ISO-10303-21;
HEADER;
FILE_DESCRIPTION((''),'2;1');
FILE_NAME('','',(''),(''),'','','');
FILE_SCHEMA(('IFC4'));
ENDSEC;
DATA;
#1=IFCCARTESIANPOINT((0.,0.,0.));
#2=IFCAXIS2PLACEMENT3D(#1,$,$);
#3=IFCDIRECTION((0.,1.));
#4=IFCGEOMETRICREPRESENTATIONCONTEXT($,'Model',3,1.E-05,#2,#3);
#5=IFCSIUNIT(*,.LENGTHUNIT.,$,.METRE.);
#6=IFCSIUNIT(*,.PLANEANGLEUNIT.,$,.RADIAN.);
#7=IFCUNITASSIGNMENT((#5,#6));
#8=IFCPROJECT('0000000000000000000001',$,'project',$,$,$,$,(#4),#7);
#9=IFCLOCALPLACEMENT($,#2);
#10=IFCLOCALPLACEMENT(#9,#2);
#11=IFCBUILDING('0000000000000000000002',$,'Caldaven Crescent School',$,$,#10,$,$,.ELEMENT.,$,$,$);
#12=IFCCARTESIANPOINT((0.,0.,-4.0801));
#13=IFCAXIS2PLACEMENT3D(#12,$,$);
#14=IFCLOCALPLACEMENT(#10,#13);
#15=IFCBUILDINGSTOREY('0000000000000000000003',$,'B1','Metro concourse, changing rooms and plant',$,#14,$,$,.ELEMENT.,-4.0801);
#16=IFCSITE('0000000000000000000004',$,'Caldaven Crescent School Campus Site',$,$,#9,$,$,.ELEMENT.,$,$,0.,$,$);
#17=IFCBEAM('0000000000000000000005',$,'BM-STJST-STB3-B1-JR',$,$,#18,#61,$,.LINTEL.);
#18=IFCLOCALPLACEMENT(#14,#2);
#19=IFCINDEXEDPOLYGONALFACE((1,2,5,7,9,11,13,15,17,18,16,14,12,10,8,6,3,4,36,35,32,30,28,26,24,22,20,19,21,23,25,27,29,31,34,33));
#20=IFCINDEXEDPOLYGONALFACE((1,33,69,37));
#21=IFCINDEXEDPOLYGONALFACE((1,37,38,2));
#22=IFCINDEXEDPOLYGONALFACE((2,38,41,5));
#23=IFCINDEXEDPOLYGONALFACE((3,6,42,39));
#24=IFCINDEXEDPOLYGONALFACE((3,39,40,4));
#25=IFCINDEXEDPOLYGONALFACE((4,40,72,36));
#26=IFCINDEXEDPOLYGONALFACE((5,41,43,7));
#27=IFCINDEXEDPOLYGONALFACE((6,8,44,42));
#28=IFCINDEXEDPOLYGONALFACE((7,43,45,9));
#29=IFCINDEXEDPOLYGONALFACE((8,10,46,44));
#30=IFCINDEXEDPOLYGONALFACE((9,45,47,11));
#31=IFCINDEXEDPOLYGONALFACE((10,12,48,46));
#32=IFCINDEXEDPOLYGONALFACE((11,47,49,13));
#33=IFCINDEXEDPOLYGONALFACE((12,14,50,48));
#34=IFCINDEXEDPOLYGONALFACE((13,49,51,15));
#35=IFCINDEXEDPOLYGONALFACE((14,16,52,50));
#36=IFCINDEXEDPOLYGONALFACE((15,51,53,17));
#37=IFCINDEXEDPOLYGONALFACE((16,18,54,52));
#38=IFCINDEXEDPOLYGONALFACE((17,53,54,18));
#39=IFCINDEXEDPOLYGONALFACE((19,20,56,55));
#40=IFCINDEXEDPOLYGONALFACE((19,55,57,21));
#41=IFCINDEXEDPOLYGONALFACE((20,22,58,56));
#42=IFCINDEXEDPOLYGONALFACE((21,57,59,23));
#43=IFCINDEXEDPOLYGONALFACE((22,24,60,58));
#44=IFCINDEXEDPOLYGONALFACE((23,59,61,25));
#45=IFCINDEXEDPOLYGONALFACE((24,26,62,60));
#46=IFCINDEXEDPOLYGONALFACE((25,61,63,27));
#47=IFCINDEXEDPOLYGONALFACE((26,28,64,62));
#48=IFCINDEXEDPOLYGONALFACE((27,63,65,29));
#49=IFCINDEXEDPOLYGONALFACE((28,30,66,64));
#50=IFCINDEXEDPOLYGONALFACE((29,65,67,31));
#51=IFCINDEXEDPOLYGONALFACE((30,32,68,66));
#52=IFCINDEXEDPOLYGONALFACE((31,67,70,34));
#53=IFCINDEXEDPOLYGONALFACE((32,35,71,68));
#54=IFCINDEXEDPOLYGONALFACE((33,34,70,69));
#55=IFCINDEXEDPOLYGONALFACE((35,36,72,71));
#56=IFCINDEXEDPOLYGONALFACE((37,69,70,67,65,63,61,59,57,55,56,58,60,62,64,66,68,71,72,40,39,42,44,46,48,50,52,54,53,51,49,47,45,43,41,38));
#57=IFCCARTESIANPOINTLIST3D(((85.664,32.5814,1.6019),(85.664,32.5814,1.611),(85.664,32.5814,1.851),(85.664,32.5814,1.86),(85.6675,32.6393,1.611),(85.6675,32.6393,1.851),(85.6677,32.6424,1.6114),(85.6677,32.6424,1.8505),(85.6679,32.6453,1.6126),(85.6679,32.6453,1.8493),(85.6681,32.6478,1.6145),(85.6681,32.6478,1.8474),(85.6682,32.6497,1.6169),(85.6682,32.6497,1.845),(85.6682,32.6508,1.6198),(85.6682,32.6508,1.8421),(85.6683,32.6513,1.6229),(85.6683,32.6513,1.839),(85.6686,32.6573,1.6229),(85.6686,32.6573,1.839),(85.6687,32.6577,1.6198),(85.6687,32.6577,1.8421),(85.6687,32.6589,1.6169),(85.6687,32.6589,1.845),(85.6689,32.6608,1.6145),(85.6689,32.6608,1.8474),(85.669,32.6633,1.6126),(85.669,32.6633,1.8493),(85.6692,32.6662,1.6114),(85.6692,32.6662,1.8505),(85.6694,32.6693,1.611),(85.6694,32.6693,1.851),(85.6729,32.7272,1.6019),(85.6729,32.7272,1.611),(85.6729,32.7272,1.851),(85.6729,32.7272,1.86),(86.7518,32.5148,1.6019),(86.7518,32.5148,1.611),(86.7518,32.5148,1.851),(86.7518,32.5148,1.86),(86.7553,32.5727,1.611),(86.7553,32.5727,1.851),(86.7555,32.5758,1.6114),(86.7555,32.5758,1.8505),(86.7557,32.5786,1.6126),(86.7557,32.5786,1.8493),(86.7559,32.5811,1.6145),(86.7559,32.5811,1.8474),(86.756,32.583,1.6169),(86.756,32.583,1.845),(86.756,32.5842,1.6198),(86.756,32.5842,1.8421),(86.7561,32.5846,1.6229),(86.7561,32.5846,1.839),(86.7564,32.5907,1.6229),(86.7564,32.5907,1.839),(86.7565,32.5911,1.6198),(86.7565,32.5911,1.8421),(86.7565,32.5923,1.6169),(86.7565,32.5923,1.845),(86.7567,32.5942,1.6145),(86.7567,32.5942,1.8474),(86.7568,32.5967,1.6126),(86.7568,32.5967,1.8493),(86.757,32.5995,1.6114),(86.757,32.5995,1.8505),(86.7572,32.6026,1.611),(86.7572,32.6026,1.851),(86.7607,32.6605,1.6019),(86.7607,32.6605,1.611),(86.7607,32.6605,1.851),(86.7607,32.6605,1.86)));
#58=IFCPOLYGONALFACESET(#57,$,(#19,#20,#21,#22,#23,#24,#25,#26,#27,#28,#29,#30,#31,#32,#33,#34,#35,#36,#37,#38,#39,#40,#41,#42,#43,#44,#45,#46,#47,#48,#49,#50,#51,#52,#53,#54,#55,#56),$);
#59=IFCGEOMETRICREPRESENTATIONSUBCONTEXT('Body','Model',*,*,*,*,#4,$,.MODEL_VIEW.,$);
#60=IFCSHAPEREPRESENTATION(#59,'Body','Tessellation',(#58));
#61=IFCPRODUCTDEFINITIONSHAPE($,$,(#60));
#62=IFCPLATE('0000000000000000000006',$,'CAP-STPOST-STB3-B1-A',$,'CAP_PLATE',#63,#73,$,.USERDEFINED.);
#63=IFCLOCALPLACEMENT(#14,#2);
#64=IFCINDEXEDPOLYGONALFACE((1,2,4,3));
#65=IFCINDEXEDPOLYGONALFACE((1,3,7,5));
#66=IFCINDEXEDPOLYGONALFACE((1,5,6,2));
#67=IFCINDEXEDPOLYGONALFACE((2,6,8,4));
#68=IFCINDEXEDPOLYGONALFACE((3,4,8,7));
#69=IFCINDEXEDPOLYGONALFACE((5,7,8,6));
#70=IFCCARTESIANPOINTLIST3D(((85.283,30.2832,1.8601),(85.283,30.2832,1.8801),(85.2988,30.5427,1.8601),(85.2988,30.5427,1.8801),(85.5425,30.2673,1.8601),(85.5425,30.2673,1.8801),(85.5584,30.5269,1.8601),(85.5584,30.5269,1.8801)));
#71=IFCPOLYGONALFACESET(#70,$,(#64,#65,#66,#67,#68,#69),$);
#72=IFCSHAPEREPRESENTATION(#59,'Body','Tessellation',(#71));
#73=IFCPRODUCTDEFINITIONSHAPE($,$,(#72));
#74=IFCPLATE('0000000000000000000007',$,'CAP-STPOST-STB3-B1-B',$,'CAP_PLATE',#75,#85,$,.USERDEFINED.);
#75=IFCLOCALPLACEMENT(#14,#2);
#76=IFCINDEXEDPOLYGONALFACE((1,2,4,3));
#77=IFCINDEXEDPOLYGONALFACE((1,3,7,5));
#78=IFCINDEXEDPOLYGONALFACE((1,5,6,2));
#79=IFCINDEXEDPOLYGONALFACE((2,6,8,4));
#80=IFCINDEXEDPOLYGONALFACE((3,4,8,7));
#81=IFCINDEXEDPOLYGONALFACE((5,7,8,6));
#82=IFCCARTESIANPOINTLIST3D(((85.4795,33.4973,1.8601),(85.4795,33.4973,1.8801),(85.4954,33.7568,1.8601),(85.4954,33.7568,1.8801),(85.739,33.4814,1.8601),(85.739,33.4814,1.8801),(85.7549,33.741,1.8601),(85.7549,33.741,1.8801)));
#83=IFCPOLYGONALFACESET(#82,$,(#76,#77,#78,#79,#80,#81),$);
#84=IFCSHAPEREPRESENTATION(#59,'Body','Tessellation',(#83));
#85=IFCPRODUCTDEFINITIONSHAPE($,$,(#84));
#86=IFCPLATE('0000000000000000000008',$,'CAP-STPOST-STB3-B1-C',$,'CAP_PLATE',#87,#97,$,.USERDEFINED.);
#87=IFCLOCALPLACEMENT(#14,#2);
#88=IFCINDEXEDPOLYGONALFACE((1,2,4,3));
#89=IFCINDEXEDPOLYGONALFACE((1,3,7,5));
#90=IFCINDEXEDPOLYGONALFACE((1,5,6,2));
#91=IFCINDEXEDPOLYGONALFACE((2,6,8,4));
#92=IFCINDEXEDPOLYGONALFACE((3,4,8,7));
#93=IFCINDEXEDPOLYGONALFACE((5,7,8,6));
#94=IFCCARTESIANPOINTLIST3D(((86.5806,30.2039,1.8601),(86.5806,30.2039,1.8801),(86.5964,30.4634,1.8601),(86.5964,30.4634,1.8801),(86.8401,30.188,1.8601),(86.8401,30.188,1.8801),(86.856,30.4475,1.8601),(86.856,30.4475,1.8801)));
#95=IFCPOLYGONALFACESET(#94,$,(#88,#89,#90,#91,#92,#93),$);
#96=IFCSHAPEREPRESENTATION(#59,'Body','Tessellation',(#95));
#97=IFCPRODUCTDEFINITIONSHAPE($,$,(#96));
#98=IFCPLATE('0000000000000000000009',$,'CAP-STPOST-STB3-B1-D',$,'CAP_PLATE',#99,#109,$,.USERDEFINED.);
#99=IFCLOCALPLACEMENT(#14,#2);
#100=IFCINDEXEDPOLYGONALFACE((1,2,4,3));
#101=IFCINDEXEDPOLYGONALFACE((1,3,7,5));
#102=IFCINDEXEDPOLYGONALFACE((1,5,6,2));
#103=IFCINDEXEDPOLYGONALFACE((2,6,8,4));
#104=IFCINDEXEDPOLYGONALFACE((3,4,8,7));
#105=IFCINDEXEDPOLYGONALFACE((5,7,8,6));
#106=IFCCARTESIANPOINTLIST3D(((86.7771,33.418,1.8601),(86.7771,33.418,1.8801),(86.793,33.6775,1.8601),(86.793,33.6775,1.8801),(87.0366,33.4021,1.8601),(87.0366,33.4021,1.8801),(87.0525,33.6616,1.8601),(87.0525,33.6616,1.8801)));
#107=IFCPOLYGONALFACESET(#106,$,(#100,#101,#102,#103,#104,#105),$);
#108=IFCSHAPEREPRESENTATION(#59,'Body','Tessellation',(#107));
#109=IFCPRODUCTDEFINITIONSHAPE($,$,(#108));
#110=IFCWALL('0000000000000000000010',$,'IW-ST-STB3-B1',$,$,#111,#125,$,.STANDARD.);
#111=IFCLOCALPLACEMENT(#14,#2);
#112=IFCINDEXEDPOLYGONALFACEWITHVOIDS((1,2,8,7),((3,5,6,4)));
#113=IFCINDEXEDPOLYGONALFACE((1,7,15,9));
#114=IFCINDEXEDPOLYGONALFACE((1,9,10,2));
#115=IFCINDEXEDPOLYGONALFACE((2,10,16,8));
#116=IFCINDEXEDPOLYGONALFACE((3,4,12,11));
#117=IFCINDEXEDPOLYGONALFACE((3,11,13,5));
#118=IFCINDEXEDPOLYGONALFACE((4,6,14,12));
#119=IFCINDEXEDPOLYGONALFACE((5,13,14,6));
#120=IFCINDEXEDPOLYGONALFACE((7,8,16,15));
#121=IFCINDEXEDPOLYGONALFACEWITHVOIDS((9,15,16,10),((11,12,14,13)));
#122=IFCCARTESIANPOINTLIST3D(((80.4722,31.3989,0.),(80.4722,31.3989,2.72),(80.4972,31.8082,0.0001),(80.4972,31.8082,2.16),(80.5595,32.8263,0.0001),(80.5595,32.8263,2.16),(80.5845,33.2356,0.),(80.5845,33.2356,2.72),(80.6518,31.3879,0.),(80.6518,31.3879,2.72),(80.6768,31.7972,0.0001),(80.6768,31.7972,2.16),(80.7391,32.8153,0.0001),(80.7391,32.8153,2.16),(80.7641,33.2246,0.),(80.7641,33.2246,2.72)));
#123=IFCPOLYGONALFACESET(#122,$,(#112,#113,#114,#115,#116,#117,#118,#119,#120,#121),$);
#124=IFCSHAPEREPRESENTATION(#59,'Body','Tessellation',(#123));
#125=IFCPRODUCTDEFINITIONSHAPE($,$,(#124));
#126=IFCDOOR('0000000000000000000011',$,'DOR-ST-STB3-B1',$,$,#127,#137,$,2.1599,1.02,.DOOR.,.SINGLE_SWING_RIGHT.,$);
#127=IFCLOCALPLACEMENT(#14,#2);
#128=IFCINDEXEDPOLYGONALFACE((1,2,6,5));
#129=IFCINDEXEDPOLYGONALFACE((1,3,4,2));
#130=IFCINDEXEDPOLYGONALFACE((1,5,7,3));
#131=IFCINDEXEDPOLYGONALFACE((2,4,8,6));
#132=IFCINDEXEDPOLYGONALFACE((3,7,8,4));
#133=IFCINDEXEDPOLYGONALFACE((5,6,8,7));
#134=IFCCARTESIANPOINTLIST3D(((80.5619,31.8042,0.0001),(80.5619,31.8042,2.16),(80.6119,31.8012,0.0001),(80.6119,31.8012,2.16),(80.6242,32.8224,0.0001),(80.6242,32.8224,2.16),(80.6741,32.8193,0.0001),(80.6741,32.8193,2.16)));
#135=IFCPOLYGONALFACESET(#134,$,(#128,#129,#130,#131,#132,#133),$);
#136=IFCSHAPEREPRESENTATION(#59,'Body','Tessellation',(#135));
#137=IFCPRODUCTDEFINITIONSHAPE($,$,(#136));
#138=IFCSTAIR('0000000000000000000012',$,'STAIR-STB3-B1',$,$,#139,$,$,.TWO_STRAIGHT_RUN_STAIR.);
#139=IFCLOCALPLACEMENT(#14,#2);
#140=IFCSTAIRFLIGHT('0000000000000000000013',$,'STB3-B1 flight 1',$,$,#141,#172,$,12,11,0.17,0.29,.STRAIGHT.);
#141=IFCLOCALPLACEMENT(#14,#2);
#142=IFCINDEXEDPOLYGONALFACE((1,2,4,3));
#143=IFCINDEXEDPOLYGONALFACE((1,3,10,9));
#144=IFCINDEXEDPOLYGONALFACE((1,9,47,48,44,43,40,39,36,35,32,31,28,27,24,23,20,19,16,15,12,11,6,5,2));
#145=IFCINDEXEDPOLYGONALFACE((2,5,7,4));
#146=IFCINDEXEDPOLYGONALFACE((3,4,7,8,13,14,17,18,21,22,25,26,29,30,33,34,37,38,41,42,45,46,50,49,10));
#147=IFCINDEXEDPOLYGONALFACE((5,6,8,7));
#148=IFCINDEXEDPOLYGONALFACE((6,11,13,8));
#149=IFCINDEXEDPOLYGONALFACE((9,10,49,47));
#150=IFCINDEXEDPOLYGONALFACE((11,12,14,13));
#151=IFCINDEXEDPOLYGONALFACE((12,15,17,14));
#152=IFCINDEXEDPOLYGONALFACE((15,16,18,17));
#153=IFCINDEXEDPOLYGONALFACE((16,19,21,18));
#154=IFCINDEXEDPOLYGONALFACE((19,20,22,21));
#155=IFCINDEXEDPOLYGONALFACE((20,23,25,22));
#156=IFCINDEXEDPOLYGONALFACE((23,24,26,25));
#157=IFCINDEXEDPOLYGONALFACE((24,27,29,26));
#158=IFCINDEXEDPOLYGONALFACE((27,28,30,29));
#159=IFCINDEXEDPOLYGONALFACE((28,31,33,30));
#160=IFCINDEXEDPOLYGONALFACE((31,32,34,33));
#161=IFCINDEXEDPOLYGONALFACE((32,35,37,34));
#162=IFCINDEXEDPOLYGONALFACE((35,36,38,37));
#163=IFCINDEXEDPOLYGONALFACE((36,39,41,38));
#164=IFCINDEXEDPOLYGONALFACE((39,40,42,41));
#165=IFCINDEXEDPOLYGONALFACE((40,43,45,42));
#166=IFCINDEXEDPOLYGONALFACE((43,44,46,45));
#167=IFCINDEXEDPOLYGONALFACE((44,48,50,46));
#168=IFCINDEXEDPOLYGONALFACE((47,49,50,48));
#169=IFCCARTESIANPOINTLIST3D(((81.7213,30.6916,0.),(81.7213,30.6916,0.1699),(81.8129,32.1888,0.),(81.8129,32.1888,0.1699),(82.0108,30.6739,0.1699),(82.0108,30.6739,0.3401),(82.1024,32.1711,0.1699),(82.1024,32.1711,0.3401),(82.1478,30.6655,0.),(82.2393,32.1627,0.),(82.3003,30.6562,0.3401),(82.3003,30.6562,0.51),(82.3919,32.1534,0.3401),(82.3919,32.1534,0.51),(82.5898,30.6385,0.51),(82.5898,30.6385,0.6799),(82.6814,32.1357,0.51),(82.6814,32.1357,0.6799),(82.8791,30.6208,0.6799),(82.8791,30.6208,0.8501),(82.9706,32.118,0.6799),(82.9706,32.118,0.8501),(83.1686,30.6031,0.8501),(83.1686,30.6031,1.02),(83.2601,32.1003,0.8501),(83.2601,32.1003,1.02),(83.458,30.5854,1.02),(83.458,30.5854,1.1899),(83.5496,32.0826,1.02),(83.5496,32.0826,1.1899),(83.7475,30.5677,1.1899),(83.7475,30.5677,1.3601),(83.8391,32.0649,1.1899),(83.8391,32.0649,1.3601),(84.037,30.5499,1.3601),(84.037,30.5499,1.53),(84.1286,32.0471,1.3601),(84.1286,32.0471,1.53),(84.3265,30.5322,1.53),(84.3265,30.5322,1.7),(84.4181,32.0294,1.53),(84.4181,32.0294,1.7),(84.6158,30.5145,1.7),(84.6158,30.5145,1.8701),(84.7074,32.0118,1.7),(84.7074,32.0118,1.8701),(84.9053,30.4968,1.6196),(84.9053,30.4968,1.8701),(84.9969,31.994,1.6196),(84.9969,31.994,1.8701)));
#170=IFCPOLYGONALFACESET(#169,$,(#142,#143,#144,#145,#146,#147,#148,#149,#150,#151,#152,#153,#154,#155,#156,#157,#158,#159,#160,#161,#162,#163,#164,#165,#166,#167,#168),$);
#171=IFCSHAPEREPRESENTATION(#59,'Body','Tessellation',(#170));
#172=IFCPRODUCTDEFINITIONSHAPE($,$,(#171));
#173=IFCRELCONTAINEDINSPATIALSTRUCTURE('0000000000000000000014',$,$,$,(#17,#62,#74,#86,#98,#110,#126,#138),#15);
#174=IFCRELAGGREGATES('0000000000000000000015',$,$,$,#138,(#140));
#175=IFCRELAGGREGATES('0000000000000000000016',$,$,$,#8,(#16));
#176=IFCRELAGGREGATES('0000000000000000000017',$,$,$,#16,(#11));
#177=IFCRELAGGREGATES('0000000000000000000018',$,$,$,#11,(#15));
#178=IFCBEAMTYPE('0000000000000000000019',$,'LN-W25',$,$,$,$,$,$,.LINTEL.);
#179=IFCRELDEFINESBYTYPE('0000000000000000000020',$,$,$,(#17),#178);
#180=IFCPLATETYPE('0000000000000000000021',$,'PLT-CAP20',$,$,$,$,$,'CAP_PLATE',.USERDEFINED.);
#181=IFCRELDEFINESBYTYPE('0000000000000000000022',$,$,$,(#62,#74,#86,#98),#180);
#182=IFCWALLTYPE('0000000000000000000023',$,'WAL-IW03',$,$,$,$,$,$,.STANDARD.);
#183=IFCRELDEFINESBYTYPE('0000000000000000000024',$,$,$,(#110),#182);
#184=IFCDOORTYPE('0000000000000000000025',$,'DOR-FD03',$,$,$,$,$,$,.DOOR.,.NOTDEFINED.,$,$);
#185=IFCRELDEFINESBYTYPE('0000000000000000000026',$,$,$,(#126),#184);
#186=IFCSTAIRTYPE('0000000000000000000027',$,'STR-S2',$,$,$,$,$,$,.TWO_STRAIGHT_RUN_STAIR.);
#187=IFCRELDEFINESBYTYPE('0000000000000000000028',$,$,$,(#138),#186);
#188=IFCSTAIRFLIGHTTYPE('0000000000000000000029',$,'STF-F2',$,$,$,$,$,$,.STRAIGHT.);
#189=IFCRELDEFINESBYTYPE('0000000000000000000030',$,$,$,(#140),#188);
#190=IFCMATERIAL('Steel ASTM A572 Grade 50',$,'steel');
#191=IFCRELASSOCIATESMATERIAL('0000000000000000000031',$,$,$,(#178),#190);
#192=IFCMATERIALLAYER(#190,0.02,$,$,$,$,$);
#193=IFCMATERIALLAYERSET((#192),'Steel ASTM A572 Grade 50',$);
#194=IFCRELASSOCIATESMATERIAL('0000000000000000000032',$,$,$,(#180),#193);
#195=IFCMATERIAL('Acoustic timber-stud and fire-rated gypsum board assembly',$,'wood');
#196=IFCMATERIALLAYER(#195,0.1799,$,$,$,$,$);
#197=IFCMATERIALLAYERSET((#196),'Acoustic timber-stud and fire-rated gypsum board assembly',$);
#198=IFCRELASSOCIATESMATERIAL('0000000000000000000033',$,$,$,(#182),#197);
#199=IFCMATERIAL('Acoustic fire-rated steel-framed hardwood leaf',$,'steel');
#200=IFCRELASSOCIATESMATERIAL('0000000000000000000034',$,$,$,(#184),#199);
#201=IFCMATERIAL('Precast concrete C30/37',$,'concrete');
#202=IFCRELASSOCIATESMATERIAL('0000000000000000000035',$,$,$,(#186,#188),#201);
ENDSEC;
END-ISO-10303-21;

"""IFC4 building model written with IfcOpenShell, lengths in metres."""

from ifc_helpers import new_model, si_unit, direction, frame, frame_2d, origin, origin_2d, place, context, subcontext, project, spatial, polyline, rectangle, i_section, outline, extrude, material, layer, layer_set, material_profile, profile_set, type_object, element, fill, aggregate, save


model = new_model("IFC4")

# Units and contexts
model_context = context("Model", 3, precision=1e-05, world=origin(), true_north=direction((0.0, 1.0)))
body_context = subcontext(model_context, "Body", "Model", "MODEL_VIEW")
ifc_project = project(units=[si_unit("LENGTHUNIT", "METRE"), si_unit("PLANEANGLEUNIT", "RADIAN")], contexts=[model_context])

# Site, building, storey
site_placement = place(None, origin())
site = spatial("IfcSite", under=ifc_project, at=site_placement, Name="Caldaven Crescent School Campus Site", CompositionType="ELEMENT", RefElevation=0.0)
building_placement = place(site_placement, origin())
building = spatial("IfcBuilding", under=site, at=building_placement, Name="Caldaven Crescent School", CompositionType="ELEMENT")
storey_placement = place(building_placement, frame((0.0, 0.0, -4.0801)))
storey = spatial("IfcBuildingStorey", under=building, at=storey_placement, Name="B1", Description="Metro concourse, changing rooms and plant", CompositionType="ELEMENT", Elevation=-4.0801)

# Shared definitions
ifc_material_1 = material(Name="Steel ASTM A572 Grade 50", Category="steel")

# Beam
ifc_material_profile_1 = material_profile(ifc_material_1, i_section(OverallWidth=0.146, OverallDepth=0.2581, WebThickness=0.0061, FlangeThickness=0.009, FilletRadius=0.012, at=origin_2d()), Name="W250x33")
ifc_profile_set_1 = profile_set([ifc_material_profile_1], Name="Steel ASTM A572 Grade 50")
beam_type_1 = type_object("IfcBeamType", Name="LN-W25", PredefinedType="LINTEL", material=ifc_profile_set_1)
for number, where, z_axis, x_axis, name in (
    (1, (85.6685, 32.6543, 1.731), (0.998129, -0.061151, 0.0), (0.061151, 0.998129, 0.0), "BM-STJST-STB3-B1-JR"),
):
    element("IfcBeam", number, at=place(storey_placement, frame(where, z_axis=z_axis, x_axis=x_axis)), inside=storey, type_object=beam_type_1, Name=name, PredefinedType="LINTEL", context=body_context, shape_type="SweptSolid", body=[
        extrude(i_section(OverallWidth=0.146, OverallDepth=0.2581, WebThickness=0.0061, FlangeThickness=0.009, FilletRadius=0.012, at=origin_2d()), origin(), (0.0, 0.0, 1.0), 1.0898),
    ])

# Plates
ifc_layer_1 = layer(ifc_material_1, 0.02)
ifc_layer_set_1 = layer_set([ifc_layer_1], Name="Steel ASTM A572 Grade 50")
plate_type = type_object("IfcPlateType", Name="PLT-CAP20", ElementType="CAP_PLATE", PredefinedType="USERDEFINED", material=ifc_layer_set_1)
for number, where, z_axis, x_axis, name in (
    (2, (85.4207, 30.405, 1.8601), (0.0, 0.0, 1.0), (0.998135, -0.061049, 0.0), "CAP-STPOST-STB3-B1-A"),
    (3, (85.6172, 33.6191, 1.8601), (0.0, 0.0, 1.0), (0.998135, -0.061049, 0.0), "CAP-STPOST-STB3-B1-B"),
    (4, (86.7183, 30.3257, 1.8601), (0.0, 0.0, 1.0), (0.998135, -0.061049, 0.0), "CAP-STPOST-STB3-B1-C"),
    (5, (86.9148, 33.5398, 1.8601), (0.0, 0.0, 1.0), (0.998135, -0.061049, 0.0), "CAP-STPOST-STB3-B1-D"),
):
    element("IfcPlate", number, at=place(storey_placement, frame(where, z_axis=z_axis, x_axis=x_axis)), inside=storey, type_object=plate_type, Name=name, ObjectType="CAP_PLATE", PredefinedType="USERDEFINED", context=body_context, shape_type="SweptSolid", body=[
        extrude(rectangle(XDim=0.26, YDim=0.26, at=origin_2d()), origin(), (0.0, 0.0, 1.0), 0.02),
    ])

# Wall, opening, door
ifc_material_2 = material(Name="Acoustic timber-stud and fire-rated gypsum board assembly", Category="wood")
ifc_layer_2 = layer(ifc_material_2, 0.1799)
ifc_layer_set_2 = layer_set([ifc_layer_2], Name="Acoustic timber-stud and fire-rated gypsum board assembly")
wall_type = type_object("IfcWallType", Name="WAL-IW03", PredefinedType="STANDARD", material=ifc_layer_set_2)
wall_placement = place(storey_placement, frame((80.562, 31.3936, 0.0), z_axis=(0.0, 0.0, 1.0), x_axis=(0.061032, 0.998136, 0.0)))
wall = element("IfcWall", 6, at=wall_placement, inside=storey, type_object=wall_type, Name="IW-ST-STB3-B1", PredefinedType="STANDARD", context=body_context, shape_type="SweptSolid", body=[
    extrude(rectangle(XDim=1.8401, YDim=0.1799, at=frame_2d((0.9199, 0.0))), origin(), (0.0, 0.0, 1.0), 2.72),
])
opening_placement = place(wall_placement, frame((0.4099, 0.0, 0.0)))
opening = element("IfcOpeningElement", 7, at=opening_placement, cuts=wall, PredefinedType="OPENING", context=body_context, shape_type="SweptSolid", body=[
    extrude(rectangle(XDim=1.02, YDim=2.1599, at=frame_2d((0.51, 1.0801))), frame((0.0, 0.0999, 0.0), z_axis=(0.0, -1.0, 0.0), x_axis=(1.0, 0.0, 0.0)), (0.0, 0.0, 1.0), 0.2),
])
ifc_material_3 = material(Name="Acoustic fire-rated steel-framed hardwood leaf", Category="steel")
door_type = type_object("IfcDoorType", Name="DOR-FD03", OperationType="NOTDEFINED", PredefinedType="DOOR", material=ifc_material_3)
door_placement = place(opening_placement, frame((1.02, 0.0, 0.0), z_axis=(0.0, 0.0, 1.0), x_axis=(-1.0, 0.0, 0.0)))
door = element("IfcDoor", 8, at=door_placement, inside=storey, type_object=door_type, Name="DOR-ST-STB3-B1", OperationType="SINGLE_SWING_RIGHT", OverallHeight=2.1599, OverallWidth=1.02, PredefinedType="DOOR", context=body_context, shape_type="SweptSolid", body=[
    extrude(rectangle(XDim=1.02, YDim=2.1599, at=frame_2d((0.51, 1.0801))), frame((0.0, 0.0249, 0.0), z_axis=(0.0, -1.0, 0.0), x_axis=(1.0, 0.0, 0.0)), (0.0, 0.0, 1.0), 0.05),
])
fill(opening, door)

# Stair, stair flight
ifc_material_4 = material(Name="Precast concrete C30/37", Category="concrete")
stair_type = type_object("IfcStairType", Name="STR-S2", PredefinedType="TWO_STRAIGHT_RUN_STAIR", material=ifc_material_4)
stair_placement = place(storey_placement, origin())
stair = element("IfcStair", 9, at=stair_placement, inside=storey, type_object=stair_type, Name="STAIR-STB3-B1", PredefinedType="TWO_STRAIGHT_RUN_STAIR")
stair_flight_type = type_object("IfcStairFlightType", Name="STF-F2", PredefinedType="STRAIGHT", material=ifc_material_4)
stair_flight_1_placement = place(storey_placement, frame((81.7671, 31.4402, 0.0), z_axis=(0.0, 0.0, 1.0), x_axis=(0.998135, -0.061049, 0.0)))
stair_flight_1 = element("IfcStairFlight", 10, at=stair_flight_1_placement, type_object=stair_flight_type, Name="STB3-B1 flight 1", NumberOfRisers=12, NumberOfTreads=11, PredefinedType="STRAIGHT", RiserHeight=0.17, TreadLength=0.29, context=body_context, shape_type="SweptSolid", body=[
    extrude(outline(polyline([(0.0, 0.0), (0.0, 0.1699), (0.29, 0.1699), (0.29, 0.3401), (0.5801, 0.3401), (0.5801, 0.51), (0.8701, 0.51), (0.8701, 0.6799), (1.1599, 0.6799), (1.1599, 0.8501), (1.45, 0.8501), (1.45, 1.02), (1.74, 1.02), (1.74, 1.1899), (2.03, 1.1899), (2.03, 1.3601), (2.3201, 1.3601), (2.3201, 1.53), (2.6101, 1.53), (2.6101, 1.7), (2.8999, 1.7), (2.8999, 1.8701), (3.1899, 1.8701), (3.1899, 2.04), (3.1899, 1.6196), (0.4272, 0.0), (0.0, 0.0)])), frame((0.0, 0.75, 0.0), z_axis=(0.0, -1.0, 0.0), x_axis=(1.0, 0.0, 0.0)), (0.0, 0.0, 1.0), 1.5),
])
aggregate(stair, [stair_flight_1])

save(model, "model.ifc")
